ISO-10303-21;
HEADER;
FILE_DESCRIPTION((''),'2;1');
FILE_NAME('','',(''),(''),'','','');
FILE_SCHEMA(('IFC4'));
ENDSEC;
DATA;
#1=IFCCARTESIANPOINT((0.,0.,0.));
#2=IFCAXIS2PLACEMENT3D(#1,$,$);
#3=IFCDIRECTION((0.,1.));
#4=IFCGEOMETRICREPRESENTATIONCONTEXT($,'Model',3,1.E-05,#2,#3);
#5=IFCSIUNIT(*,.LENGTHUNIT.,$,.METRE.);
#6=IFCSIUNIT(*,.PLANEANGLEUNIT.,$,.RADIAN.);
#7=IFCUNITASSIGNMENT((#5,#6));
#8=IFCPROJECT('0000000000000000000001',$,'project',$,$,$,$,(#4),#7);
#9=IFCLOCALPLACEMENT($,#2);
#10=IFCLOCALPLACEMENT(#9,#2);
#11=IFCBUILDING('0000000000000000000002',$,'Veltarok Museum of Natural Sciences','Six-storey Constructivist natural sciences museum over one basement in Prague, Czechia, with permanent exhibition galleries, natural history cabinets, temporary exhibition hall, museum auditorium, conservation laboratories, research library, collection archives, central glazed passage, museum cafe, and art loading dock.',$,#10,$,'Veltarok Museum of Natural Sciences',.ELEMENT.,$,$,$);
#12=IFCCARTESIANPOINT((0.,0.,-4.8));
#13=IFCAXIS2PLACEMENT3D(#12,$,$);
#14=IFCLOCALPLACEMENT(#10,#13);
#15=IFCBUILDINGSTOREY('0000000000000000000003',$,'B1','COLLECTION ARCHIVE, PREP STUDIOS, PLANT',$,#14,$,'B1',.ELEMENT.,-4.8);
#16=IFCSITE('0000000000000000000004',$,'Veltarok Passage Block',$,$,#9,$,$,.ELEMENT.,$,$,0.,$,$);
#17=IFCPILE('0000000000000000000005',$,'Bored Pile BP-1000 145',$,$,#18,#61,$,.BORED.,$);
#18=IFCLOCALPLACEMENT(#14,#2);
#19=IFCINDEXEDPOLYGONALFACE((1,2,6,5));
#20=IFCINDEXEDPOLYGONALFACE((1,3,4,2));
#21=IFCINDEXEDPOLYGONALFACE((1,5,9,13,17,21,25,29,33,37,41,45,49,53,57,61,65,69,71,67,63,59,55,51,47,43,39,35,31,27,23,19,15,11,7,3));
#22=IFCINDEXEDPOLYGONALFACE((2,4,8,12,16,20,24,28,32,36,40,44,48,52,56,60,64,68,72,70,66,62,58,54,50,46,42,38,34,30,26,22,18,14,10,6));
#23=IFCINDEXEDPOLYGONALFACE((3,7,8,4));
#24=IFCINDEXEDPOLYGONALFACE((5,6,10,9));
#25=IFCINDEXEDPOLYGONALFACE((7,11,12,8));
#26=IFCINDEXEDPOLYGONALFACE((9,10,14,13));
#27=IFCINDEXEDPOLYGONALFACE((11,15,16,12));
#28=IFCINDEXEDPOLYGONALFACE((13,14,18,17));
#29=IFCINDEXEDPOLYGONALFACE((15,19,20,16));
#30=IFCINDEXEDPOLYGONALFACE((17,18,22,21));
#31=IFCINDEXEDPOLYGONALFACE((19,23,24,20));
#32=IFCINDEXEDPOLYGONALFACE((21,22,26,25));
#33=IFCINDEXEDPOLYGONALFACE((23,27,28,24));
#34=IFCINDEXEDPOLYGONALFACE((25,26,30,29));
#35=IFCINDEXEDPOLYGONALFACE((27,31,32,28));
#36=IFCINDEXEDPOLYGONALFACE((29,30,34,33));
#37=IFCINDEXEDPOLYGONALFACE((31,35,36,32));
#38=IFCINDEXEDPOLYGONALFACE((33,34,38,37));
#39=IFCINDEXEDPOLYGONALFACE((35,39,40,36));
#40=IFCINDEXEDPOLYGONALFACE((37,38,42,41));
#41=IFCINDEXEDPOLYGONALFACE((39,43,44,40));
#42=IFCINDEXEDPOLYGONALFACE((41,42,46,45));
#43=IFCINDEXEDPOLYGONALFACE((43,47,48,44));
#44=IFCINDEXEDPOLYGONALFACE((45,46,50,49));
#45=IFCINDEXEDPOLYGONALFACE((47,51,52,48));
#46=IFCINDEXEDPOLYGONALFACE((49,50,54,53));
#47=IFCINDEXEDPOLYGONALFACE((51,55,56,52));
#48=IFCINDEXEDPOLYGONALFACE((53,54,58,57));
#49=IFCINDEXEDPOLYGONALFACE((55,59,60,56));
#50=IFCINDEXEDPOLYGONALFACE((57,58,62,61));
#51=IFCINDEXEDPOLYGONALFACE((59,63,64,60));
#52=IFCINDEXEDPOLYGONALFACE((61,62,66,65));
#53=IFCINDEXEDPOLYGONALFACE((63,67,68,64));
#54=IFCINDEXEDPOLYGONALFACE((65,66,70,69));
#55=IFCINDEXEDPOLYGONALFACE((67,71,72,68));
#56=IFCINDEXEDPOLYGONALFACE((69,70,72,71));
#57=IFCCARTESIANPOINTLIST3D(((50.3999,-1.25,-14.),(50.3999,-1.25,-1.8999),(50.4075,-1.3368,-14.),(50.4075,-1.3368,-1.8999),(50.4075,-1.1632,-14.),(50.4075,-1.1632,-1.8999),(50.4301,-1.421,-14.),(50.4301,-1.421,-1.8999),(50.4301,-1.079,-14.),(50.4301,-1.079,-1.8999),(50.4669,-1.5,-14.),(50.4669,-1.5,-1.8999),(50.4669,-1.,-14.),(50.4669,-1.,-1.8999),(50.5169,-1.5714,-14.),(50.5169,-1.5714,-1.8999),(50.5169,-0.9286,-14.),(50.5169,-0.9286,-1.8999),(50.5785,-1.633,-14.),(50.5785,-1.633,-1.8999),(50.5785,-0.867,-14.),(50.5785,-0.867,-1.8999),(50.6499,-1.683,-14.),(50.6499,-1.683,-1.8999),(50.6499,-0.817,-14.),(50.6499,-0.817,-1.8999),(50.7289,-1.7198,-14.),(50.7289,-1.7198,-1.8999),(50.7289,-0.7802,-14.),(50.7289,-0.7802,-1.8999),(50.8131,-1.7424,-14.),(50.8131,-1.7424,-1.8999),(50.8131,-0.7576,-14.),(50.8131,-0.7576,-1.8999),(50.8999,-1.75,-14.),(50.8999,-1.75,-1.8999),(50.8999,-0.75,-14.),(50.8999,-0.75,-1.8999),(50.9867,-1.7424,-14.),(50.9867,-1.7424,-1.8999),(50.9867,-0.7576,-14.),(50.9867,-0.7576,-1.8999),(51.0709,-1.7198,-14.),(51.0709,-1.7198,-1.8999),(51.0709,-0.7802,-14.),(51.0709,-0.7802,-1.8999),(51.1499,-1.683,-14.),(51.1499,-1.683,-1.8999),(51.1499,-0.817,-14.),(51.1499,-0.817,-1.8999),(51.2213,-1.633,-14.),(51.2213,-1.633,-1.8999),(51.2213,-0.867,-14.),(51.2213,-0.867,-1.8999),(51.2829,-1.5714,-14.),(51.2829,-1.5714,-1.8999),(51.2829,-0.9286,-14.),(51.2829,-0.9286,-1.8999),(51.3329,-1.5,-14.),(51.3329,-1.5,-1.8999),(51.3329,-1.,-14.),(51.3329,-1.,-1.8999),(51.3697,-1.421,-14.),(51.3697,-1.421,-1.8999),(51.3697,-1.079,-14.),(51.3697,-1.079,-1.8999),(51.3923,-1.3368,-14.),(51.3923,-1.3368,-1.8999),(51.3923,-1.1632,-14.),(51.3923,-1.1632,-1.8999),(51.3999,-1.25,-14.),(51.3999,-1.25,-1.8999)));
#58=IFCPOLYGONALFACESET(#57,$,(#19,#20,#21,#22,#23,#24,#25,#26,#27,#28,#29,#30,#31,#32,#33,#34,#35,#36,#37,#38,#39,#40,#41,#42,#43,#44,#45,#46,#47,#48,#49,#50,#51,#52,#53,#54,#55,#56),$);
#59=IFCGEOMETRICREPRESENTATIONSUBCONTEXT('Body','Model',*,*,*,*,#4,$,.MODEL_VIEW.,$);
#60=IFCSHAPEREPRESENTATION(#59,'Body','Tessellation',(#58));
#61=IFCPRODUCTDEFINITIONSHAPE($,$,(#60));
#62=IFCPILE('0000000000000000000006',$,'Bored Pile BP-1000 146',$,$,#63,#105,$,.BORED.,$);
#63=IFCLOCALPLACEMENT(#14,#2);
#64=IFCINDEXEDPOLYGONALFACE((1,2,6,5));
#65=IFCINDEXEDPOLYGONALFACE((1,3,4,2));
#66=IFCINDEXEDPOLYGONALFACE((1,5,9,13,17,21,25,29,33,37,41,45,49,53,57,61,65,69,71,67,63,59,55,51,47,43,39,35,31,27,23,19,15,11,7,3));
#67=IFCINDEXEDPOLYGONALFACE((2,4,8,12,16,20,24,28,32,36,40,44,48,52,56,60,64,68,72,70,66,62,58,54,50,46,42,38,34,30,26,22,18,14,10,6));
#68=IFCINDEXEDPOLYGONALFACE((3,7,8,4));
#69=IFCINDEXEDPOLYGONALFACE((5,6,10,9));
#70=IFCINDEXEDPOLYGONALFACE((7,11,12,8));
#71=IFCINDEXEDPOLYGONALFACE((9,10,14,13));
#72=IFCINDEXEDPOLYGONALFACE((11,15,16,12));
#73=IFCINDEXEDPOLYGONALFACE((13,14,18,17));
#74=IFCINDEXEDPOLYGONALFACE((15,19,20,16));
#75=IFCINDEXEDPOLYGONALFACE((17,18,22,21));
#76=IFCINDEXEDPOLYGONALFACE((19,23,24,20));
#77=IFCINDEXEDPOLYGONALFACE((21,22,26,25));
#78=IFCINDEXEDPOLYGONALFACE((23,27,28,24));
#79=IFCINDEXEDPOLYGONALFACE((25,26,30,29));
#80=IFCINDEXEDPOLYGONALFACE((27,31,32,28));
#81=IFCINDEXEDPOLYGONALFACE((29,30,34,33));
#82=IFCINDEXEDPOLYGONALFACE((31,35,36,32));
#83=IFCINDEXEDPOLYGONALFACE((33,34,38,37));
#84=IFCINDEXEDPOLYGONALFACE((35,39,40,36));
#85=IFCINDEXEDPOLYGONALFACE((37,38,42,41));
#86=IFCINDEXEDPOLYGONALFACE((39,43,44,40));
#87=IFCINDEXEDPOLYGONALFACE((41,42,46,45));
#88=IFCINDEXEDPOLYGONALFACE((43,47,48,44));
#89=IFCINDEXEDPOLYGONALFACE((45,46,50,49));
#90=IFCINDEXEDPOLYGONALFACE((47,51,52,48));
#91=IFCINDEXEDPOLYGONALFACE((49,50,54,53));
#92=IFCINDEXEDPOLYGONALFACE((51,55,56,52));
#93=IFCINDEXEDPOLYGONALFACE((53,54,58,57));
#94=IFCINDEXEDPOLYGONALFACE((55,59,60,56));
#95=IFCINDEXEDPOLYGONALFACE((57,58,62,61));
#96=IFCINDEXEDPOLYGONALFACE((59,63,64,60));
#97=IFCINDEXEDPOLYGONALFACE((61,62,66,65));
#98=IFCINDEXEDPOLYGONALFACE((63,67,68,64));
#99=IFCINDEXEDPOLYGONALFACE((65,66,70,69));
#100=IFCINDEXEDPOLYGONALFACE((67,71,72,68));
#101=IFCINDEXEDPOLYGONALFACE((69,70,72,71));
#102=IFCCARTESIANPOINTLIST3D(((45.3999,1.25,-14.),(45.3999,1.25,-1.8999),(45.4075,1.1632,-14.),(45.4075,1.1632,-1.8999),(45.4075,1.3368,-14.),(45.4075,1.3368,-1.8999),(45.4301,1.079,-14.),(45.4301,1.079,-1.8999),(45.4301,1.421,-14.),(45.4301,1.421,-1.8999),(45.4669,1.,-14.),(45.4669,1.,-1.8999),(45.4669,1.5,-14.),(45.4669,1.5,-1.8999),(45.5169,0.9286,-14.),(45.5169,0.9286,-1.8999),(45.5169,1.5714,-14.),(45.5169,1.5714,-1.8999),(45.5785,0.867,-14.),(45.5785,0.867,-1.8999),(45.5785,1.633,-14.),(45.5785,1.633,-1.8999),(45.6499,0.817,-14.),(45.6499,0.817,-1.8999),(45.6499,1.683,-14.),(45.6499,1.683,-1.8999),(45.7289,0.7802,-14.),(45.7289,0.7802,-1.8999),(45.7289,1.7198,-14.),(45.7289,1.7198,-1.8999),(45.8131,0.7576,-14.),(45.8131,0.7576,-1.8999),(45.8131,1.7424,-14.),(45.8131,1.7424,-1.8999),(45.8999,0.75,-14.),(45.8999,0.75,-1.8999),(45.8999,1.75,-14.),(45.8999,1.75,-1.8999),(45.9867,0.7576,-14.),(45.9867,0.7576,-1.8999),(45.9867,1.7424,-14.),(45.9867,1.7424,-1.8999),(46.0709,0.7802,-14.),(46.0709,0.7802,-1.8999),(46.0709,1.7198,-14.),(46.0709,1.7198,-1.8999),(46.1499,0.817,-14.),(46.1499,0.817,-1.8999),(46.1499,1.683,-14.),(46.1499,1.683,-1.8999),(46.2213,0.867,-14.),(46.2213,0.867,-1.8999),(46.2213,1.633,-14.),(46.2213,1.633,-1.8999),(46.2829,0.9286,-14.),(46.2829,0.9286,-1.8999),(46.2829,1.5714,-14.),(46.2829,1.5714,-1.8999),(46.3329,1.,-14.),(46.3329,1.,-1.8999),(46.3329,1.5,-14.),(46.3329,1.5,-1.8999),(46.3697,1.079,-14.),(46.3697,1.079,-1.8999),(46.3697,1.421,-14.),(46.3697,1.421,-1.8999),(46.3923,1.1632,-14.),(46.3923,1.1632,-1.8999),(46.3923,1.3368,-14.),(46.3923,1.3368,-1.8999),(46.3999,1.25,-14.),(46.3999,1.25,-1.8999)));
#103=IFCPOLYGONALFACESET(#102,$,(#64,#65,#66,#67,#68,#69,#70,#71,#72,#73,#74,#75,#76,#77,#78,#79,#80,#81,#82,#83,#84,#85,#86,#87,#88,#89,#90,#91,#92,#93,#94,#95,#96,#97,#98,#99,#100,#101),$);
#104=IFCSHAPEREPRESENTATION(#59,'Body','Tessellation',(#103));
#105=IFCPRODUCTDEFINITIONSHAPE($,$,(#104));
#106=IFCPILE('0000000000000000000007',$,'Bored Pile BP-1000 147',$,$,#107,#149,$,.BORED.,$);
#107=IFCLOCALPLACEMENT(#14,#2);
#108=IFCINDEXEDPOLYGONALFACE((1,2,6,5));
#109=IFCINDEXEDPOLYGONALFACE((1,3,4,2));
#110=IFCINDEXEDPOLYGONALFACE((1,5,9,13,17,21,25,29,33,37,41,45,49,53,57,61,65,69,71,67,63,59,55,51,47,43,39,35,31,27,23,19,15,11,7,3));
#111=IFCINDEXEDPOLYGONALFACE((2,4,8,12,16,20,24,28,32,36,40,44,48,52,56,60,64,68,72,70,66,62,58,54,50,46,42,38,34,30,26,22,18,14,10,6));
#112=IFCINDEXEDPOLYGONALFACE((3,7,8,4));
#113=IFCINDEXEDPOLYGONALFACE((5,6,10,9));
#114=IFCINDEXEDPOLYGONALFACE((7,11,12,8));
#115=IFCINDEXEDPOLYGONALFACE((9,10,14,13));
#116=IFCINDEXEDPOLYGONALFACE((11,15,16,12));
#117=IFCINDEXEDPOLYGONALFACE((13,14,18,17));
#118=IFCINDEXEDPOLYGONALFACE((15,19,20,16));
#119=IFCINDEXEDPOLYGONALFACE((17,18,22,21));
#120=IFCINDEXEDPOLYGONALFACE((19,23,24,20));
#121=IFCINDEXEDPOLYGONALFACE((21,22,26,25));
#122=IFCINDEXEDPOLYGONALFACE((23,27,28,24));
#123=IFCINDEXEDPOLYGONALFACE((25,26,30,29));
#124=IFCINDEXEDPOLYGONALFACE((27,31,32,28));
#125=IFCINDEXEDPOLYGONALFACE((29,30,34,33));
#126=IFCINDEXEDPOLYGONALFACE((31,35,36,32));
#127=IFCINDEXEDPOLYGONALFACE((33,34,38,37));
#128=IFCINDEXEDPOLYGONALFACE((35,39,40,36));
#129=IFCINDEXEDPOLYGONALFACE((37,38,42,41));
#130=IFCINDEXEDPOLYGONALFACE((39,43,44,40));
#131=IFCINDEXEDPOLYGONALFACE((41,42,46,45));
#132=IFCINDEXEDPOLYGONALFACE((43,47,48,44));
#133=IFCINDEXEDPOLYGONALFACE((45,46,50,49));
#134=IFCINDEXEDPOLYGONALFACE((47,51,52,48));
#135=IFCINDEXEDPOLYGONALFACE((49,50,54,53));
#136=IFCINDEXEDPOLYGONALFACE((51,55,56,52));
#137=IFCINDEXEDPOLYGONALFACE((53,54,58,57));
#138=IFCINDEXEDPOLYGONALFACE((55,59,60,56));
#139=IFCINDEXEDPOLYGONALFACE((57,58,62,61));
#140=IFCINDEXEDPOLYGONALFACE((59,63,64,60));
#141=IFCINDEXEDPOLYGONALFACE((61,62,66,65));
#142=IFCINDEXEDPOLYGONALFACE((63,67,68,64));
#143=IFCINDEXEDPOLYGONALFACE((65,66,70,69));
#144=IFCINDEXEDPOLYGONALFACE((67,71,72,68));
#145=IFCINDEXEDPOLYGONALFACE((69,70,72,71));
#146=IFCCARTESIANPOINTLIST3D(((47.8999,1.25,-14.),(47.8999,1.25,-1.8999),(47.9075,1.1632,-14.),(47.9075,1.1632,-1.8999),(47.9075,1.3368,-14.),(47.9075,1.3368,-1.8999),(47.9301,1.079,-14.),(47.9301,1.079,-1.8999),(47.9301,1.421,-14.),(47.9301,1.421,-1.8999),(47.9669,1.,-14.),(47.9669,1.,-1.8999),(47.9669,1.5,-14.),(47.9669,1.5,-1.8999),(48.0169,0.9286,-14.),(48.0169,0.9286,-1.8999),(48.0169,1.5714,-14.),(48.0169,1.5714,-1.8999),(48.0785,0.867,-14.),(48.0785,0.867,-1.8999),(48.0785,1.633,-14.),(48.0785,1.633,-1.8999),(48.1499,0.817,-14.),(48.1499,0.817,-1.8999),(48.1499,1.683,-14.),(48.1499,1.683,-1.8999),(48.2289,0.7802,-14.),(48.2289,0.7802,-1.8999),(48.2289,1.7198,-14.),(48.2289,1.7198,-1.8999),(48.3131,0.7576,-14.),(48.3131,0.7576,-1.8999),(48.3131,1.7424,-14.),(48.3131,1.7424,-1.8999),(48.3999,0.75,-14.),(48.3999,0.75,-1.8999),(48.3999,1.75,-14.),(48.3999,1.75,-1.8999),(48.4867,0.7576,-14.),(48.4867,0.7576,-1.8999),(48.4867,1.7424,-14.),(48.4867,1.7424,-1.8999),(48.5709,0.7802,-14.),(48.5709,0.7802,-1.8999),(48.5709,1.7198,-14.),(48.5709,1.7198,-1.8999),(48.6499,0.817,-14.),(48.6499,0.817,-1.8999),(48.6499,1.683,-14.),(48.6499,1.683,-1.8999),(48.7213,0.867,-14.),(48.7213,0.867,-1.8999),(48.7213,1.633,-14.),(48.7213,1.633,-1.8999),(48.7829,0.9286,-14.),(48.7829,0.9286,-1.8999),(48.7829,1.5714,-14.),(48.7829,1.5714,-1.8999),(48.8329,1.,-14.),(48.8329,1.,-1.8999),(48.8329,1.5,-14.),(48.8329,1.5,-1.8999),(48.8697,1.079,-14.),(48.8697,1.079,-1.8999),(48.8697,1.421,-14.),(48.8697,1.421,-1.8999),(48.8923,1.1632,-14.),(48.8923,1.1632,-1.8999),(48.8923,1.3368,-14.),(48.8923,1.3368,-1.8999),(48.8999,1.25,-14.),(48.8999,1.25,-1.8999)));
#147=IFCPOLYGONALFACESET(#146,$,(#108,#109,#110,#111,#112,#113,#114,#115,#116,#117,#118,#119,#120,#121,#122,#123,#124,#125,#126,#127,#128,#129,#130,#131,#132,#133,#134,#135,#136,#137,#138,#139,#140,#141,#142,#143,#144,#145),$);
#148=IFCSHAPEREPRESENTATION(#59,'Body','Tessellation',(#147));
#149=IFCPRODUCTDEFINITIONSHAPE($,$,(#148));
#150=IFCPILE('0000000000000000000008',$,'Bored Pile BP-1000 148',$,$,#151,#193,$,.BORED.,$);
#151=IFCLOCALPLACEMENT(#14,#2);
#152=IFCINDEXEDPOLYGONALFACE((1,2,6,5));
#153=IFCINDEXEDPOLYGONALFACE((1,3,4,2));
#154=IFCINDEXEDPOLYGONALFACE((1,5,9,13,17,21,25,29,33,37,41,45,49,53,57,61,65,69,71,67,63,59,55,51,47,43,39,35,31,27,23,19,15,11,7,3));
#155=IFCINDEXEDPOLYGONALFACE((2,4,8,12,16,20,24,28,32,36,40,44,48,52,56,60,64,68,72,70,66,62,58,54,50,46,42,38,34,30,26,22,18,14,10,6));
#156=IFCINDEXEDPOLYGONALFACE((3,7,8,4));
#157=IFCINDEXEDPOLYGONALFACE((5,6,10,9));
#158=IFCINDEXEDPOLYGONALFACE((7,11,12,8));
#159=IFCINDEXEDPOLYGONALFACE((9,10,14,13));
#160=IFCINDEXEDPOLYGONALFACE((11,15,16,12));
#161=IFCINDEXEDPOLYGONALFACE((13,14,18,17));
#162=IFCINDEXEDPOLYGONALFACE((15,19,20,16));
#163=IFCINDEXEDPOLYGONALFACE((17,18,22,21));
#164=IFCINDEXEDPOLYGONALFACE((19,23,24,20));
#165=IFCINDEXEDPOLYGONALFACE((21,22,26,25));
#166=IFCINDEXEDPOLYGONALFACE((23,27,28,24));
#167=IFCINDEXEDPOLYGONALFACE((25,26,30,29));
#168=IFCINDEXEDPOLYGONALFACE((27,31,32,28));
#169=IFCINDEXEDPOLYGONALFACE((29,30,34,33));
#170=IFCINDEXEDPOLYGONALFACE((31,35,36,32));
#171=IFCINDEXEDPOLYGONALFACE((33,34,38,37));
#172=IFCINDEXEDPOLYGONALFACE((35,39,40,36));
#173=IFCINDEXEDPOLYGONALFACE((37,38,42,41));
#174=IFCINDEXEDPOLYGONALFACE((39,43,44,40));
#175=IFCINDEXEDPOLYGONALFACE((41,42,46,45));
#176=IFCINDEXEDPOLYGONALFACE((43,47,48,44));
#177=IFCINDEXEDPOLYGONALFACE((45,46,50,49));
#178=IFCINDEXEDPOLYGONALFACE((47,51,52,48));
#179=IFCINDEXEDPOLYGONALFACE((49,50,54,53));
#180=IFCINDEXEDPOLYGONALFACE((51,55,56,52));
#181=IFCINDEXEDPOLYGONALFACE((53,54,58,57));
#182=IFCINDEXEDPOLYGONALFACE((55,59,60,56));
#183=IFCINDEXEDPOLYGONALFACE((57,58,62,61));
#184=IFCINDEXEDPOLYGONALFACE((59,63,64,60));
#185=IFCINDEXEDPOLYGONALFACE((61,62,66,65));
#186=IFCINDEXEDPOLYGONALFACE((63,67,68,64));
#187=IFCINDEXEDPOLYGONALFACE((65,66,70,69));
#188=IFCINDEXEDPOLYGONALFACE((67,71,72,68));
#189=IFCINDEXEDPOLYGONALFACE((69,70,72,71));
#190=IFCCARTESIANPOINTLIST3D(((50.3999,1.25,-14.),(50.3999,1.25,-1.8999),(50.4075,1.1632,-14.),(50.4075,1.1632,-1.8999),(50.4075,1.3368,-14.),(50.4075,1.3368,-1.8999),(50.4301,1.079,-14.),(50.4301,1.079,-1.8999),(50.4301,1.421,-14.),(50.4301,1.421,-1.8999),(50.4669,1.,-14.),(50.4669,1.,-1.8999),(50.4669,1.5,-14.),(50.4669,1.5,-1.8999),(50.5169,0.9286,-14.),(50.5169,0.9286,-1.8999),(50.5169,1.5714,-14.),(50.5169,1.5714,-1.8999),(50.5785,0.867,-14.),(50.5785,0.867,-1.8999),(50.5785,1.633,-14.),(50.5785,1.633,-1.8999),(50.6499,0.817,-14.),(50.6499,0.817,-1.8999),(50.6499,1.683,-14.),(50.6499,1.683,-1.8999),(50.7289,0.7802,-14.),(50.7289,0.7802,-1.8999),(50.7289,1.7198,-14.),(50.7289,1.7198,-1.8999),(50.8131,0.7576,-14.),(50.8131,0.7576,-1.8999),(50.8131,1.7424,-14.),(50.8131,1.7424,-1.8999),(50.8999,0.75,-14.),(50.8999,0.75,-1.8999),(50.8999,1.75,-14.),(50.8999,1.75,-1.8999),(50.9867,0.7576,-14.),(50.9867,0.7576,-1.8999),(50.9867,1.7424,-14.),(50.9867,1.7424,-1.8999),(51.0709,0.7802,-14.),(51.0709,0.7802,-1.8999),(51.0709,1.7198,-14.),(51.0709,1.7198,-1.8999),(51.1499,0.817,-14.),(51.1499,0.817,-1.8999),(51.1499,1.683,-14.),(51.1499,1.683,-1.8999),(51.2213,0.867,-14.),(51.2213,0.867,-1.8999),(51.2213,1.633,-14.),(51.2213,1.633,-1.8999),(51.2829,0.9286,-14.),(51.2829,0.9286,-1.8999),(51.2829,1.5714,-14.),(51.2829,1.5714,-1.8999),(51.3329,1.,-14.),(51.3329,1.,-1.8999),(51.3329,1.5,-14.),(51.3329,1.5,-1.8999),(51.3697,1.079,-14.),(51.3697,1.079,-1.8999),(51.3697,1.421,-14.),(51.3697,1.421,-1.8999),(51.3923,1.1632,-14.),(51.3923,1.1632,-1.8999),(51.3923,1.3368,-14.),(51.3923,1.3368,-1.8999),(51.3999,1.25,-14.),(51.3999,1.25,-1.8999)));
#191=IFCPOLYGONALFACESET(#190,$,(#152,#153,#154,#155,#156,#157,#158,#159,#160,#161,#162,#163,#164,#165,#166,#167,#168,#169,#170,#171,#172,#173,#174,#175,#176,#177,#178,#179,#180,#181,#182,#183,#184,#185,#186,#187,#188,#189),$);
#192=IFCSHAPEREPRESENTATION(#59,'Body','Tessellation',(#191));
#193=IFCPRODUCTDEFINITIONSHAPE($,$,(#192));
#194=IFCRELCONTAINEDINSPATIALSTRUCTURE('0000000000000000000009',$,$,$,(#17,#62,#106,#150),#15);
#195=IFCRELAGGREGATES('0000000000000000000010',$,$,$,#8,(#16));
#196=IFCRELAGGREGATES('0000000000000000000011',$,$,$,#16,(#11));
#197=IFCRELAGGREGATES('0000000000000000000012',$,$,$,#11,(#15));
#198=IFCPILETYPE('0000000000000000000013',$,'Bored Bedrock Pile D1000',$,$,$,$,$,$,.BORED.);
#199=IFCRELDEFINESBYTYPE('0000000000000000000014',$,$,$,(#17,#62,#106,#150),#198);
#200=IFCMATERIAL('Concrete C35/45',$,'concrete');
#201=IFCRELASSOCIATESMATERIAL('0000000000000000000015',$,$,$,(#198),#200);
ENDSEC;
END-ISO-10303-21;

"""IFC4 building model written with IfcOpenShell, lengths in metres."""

from ifc_helpers import new_model, si_unit, direction, frame, origin, origin_2d, place, context, subcontext, project, spatial, circle, extrude, material, material_profile, profile_set, type_object, element, save


model = new_model("IFC4")

# Units and contexts
model_context = context("Model", 3, precision=1e-05, world=origin(), true_north=direction((0.0, 1.0)))
body_context = subcontext(model_context, "Body", "Model", "MODEL_VIEW")
ifc_project = project(units=[si_unit("LENGTHUNIT", "METRE"), si_unit("PLANEANGLEUNIT", "RADIAN")], contexts=[model_context])

# Site, building, storey
site_placement = place(None, origin())
site = spatial("IfcSite", under=ifc_project, at=site_placement, Name="Veltarok Passage Block", CompositionType="ELEMENT", RefElevation=0.0)
building_placement = place(site_placement, origin())
building = spatial("IfcBuilding", under=site, at=building_placement, Name="Veltarok Museum of Natural Sciences", Description="Six-storey Constructivist natural sciences museum over one basement in Prague, Czechia, with permanent exhibition galleries, natural history cabinets, temporary exhibition hall, museum auditorium, conservation laboratories, research library, collection archives, central glazed passage, museum cafe, and art loading dock.", LongName="Veltarok Museum of Natural Sciences", CompositionType="ELEMENT")
storey_placement = place(building_placement, frame((0.0, 0.0, -4.8)))
storey = spatial("IfcBuildingStorey", under=building, at=storey_placement, Name="B1", Description="COLLECTION ARCHIVE, PREP STUDIOS, PLANT", LongName="B1", CompositionType="ELEMENT", Elevation=-4.8)

# Piles
ifc_material_1 = material(Name="Concrete C35/45", Category="concrete")
ifc_material_profile_1 = material_profile(ifc_material_1, circle(Radius=0.5, at=origin_2d()), Name="BP D1000")
ifc_profile_set_1 = profile_set([ifc_material_profile_1], Name="Concrete C35/45")
pile_type = type_object("IfcPileType", Name="Bored Bedrock Pile D1000", PredefinedType="BORED", material=ifc_profile_set_1)
for number, where, z_axis, x_axis, name in (
    (1, (50.8999, -1.25, -1.8999), (0.0, 0.0, -1.0), (1.0, 0.0, 0.0), "Bored Pile BP-1000 145"),
    (2, (45.8999, 1.25, -1.8999), (0.0, 0.0, -1.0), (1.0, 0.0, 0.0), "Bored Pile BP-1000 146"),
    (3, (48.3999, 1.25, -1.8999), (0.0, 0.0, -1.0), (1.0, 0.0, 0.0), "Bored Pile BP-1000 147"),
    (4, (50.8999, 1.25, -1.8999), (0.0, 0.0, -1.0), (1.0, 0.0, 0.0), "Bored Pile BP-1000 148"),
):
    element("IfcPile", number, at=place(storey_placement, frame(where, z_axis=z_axis, x_axis=x_axis)), inside=storey, type_object=pile_type, Name=name, PredefinedType="BORED", context=body_context, shape_type="SweptSolid", body=[
        extrude(circle(Radius=0.5, at=origin_2d()), origin(), (0.0, 0.0, 1.0), 12.1001),
    ])

save(model, "model.ifc")
